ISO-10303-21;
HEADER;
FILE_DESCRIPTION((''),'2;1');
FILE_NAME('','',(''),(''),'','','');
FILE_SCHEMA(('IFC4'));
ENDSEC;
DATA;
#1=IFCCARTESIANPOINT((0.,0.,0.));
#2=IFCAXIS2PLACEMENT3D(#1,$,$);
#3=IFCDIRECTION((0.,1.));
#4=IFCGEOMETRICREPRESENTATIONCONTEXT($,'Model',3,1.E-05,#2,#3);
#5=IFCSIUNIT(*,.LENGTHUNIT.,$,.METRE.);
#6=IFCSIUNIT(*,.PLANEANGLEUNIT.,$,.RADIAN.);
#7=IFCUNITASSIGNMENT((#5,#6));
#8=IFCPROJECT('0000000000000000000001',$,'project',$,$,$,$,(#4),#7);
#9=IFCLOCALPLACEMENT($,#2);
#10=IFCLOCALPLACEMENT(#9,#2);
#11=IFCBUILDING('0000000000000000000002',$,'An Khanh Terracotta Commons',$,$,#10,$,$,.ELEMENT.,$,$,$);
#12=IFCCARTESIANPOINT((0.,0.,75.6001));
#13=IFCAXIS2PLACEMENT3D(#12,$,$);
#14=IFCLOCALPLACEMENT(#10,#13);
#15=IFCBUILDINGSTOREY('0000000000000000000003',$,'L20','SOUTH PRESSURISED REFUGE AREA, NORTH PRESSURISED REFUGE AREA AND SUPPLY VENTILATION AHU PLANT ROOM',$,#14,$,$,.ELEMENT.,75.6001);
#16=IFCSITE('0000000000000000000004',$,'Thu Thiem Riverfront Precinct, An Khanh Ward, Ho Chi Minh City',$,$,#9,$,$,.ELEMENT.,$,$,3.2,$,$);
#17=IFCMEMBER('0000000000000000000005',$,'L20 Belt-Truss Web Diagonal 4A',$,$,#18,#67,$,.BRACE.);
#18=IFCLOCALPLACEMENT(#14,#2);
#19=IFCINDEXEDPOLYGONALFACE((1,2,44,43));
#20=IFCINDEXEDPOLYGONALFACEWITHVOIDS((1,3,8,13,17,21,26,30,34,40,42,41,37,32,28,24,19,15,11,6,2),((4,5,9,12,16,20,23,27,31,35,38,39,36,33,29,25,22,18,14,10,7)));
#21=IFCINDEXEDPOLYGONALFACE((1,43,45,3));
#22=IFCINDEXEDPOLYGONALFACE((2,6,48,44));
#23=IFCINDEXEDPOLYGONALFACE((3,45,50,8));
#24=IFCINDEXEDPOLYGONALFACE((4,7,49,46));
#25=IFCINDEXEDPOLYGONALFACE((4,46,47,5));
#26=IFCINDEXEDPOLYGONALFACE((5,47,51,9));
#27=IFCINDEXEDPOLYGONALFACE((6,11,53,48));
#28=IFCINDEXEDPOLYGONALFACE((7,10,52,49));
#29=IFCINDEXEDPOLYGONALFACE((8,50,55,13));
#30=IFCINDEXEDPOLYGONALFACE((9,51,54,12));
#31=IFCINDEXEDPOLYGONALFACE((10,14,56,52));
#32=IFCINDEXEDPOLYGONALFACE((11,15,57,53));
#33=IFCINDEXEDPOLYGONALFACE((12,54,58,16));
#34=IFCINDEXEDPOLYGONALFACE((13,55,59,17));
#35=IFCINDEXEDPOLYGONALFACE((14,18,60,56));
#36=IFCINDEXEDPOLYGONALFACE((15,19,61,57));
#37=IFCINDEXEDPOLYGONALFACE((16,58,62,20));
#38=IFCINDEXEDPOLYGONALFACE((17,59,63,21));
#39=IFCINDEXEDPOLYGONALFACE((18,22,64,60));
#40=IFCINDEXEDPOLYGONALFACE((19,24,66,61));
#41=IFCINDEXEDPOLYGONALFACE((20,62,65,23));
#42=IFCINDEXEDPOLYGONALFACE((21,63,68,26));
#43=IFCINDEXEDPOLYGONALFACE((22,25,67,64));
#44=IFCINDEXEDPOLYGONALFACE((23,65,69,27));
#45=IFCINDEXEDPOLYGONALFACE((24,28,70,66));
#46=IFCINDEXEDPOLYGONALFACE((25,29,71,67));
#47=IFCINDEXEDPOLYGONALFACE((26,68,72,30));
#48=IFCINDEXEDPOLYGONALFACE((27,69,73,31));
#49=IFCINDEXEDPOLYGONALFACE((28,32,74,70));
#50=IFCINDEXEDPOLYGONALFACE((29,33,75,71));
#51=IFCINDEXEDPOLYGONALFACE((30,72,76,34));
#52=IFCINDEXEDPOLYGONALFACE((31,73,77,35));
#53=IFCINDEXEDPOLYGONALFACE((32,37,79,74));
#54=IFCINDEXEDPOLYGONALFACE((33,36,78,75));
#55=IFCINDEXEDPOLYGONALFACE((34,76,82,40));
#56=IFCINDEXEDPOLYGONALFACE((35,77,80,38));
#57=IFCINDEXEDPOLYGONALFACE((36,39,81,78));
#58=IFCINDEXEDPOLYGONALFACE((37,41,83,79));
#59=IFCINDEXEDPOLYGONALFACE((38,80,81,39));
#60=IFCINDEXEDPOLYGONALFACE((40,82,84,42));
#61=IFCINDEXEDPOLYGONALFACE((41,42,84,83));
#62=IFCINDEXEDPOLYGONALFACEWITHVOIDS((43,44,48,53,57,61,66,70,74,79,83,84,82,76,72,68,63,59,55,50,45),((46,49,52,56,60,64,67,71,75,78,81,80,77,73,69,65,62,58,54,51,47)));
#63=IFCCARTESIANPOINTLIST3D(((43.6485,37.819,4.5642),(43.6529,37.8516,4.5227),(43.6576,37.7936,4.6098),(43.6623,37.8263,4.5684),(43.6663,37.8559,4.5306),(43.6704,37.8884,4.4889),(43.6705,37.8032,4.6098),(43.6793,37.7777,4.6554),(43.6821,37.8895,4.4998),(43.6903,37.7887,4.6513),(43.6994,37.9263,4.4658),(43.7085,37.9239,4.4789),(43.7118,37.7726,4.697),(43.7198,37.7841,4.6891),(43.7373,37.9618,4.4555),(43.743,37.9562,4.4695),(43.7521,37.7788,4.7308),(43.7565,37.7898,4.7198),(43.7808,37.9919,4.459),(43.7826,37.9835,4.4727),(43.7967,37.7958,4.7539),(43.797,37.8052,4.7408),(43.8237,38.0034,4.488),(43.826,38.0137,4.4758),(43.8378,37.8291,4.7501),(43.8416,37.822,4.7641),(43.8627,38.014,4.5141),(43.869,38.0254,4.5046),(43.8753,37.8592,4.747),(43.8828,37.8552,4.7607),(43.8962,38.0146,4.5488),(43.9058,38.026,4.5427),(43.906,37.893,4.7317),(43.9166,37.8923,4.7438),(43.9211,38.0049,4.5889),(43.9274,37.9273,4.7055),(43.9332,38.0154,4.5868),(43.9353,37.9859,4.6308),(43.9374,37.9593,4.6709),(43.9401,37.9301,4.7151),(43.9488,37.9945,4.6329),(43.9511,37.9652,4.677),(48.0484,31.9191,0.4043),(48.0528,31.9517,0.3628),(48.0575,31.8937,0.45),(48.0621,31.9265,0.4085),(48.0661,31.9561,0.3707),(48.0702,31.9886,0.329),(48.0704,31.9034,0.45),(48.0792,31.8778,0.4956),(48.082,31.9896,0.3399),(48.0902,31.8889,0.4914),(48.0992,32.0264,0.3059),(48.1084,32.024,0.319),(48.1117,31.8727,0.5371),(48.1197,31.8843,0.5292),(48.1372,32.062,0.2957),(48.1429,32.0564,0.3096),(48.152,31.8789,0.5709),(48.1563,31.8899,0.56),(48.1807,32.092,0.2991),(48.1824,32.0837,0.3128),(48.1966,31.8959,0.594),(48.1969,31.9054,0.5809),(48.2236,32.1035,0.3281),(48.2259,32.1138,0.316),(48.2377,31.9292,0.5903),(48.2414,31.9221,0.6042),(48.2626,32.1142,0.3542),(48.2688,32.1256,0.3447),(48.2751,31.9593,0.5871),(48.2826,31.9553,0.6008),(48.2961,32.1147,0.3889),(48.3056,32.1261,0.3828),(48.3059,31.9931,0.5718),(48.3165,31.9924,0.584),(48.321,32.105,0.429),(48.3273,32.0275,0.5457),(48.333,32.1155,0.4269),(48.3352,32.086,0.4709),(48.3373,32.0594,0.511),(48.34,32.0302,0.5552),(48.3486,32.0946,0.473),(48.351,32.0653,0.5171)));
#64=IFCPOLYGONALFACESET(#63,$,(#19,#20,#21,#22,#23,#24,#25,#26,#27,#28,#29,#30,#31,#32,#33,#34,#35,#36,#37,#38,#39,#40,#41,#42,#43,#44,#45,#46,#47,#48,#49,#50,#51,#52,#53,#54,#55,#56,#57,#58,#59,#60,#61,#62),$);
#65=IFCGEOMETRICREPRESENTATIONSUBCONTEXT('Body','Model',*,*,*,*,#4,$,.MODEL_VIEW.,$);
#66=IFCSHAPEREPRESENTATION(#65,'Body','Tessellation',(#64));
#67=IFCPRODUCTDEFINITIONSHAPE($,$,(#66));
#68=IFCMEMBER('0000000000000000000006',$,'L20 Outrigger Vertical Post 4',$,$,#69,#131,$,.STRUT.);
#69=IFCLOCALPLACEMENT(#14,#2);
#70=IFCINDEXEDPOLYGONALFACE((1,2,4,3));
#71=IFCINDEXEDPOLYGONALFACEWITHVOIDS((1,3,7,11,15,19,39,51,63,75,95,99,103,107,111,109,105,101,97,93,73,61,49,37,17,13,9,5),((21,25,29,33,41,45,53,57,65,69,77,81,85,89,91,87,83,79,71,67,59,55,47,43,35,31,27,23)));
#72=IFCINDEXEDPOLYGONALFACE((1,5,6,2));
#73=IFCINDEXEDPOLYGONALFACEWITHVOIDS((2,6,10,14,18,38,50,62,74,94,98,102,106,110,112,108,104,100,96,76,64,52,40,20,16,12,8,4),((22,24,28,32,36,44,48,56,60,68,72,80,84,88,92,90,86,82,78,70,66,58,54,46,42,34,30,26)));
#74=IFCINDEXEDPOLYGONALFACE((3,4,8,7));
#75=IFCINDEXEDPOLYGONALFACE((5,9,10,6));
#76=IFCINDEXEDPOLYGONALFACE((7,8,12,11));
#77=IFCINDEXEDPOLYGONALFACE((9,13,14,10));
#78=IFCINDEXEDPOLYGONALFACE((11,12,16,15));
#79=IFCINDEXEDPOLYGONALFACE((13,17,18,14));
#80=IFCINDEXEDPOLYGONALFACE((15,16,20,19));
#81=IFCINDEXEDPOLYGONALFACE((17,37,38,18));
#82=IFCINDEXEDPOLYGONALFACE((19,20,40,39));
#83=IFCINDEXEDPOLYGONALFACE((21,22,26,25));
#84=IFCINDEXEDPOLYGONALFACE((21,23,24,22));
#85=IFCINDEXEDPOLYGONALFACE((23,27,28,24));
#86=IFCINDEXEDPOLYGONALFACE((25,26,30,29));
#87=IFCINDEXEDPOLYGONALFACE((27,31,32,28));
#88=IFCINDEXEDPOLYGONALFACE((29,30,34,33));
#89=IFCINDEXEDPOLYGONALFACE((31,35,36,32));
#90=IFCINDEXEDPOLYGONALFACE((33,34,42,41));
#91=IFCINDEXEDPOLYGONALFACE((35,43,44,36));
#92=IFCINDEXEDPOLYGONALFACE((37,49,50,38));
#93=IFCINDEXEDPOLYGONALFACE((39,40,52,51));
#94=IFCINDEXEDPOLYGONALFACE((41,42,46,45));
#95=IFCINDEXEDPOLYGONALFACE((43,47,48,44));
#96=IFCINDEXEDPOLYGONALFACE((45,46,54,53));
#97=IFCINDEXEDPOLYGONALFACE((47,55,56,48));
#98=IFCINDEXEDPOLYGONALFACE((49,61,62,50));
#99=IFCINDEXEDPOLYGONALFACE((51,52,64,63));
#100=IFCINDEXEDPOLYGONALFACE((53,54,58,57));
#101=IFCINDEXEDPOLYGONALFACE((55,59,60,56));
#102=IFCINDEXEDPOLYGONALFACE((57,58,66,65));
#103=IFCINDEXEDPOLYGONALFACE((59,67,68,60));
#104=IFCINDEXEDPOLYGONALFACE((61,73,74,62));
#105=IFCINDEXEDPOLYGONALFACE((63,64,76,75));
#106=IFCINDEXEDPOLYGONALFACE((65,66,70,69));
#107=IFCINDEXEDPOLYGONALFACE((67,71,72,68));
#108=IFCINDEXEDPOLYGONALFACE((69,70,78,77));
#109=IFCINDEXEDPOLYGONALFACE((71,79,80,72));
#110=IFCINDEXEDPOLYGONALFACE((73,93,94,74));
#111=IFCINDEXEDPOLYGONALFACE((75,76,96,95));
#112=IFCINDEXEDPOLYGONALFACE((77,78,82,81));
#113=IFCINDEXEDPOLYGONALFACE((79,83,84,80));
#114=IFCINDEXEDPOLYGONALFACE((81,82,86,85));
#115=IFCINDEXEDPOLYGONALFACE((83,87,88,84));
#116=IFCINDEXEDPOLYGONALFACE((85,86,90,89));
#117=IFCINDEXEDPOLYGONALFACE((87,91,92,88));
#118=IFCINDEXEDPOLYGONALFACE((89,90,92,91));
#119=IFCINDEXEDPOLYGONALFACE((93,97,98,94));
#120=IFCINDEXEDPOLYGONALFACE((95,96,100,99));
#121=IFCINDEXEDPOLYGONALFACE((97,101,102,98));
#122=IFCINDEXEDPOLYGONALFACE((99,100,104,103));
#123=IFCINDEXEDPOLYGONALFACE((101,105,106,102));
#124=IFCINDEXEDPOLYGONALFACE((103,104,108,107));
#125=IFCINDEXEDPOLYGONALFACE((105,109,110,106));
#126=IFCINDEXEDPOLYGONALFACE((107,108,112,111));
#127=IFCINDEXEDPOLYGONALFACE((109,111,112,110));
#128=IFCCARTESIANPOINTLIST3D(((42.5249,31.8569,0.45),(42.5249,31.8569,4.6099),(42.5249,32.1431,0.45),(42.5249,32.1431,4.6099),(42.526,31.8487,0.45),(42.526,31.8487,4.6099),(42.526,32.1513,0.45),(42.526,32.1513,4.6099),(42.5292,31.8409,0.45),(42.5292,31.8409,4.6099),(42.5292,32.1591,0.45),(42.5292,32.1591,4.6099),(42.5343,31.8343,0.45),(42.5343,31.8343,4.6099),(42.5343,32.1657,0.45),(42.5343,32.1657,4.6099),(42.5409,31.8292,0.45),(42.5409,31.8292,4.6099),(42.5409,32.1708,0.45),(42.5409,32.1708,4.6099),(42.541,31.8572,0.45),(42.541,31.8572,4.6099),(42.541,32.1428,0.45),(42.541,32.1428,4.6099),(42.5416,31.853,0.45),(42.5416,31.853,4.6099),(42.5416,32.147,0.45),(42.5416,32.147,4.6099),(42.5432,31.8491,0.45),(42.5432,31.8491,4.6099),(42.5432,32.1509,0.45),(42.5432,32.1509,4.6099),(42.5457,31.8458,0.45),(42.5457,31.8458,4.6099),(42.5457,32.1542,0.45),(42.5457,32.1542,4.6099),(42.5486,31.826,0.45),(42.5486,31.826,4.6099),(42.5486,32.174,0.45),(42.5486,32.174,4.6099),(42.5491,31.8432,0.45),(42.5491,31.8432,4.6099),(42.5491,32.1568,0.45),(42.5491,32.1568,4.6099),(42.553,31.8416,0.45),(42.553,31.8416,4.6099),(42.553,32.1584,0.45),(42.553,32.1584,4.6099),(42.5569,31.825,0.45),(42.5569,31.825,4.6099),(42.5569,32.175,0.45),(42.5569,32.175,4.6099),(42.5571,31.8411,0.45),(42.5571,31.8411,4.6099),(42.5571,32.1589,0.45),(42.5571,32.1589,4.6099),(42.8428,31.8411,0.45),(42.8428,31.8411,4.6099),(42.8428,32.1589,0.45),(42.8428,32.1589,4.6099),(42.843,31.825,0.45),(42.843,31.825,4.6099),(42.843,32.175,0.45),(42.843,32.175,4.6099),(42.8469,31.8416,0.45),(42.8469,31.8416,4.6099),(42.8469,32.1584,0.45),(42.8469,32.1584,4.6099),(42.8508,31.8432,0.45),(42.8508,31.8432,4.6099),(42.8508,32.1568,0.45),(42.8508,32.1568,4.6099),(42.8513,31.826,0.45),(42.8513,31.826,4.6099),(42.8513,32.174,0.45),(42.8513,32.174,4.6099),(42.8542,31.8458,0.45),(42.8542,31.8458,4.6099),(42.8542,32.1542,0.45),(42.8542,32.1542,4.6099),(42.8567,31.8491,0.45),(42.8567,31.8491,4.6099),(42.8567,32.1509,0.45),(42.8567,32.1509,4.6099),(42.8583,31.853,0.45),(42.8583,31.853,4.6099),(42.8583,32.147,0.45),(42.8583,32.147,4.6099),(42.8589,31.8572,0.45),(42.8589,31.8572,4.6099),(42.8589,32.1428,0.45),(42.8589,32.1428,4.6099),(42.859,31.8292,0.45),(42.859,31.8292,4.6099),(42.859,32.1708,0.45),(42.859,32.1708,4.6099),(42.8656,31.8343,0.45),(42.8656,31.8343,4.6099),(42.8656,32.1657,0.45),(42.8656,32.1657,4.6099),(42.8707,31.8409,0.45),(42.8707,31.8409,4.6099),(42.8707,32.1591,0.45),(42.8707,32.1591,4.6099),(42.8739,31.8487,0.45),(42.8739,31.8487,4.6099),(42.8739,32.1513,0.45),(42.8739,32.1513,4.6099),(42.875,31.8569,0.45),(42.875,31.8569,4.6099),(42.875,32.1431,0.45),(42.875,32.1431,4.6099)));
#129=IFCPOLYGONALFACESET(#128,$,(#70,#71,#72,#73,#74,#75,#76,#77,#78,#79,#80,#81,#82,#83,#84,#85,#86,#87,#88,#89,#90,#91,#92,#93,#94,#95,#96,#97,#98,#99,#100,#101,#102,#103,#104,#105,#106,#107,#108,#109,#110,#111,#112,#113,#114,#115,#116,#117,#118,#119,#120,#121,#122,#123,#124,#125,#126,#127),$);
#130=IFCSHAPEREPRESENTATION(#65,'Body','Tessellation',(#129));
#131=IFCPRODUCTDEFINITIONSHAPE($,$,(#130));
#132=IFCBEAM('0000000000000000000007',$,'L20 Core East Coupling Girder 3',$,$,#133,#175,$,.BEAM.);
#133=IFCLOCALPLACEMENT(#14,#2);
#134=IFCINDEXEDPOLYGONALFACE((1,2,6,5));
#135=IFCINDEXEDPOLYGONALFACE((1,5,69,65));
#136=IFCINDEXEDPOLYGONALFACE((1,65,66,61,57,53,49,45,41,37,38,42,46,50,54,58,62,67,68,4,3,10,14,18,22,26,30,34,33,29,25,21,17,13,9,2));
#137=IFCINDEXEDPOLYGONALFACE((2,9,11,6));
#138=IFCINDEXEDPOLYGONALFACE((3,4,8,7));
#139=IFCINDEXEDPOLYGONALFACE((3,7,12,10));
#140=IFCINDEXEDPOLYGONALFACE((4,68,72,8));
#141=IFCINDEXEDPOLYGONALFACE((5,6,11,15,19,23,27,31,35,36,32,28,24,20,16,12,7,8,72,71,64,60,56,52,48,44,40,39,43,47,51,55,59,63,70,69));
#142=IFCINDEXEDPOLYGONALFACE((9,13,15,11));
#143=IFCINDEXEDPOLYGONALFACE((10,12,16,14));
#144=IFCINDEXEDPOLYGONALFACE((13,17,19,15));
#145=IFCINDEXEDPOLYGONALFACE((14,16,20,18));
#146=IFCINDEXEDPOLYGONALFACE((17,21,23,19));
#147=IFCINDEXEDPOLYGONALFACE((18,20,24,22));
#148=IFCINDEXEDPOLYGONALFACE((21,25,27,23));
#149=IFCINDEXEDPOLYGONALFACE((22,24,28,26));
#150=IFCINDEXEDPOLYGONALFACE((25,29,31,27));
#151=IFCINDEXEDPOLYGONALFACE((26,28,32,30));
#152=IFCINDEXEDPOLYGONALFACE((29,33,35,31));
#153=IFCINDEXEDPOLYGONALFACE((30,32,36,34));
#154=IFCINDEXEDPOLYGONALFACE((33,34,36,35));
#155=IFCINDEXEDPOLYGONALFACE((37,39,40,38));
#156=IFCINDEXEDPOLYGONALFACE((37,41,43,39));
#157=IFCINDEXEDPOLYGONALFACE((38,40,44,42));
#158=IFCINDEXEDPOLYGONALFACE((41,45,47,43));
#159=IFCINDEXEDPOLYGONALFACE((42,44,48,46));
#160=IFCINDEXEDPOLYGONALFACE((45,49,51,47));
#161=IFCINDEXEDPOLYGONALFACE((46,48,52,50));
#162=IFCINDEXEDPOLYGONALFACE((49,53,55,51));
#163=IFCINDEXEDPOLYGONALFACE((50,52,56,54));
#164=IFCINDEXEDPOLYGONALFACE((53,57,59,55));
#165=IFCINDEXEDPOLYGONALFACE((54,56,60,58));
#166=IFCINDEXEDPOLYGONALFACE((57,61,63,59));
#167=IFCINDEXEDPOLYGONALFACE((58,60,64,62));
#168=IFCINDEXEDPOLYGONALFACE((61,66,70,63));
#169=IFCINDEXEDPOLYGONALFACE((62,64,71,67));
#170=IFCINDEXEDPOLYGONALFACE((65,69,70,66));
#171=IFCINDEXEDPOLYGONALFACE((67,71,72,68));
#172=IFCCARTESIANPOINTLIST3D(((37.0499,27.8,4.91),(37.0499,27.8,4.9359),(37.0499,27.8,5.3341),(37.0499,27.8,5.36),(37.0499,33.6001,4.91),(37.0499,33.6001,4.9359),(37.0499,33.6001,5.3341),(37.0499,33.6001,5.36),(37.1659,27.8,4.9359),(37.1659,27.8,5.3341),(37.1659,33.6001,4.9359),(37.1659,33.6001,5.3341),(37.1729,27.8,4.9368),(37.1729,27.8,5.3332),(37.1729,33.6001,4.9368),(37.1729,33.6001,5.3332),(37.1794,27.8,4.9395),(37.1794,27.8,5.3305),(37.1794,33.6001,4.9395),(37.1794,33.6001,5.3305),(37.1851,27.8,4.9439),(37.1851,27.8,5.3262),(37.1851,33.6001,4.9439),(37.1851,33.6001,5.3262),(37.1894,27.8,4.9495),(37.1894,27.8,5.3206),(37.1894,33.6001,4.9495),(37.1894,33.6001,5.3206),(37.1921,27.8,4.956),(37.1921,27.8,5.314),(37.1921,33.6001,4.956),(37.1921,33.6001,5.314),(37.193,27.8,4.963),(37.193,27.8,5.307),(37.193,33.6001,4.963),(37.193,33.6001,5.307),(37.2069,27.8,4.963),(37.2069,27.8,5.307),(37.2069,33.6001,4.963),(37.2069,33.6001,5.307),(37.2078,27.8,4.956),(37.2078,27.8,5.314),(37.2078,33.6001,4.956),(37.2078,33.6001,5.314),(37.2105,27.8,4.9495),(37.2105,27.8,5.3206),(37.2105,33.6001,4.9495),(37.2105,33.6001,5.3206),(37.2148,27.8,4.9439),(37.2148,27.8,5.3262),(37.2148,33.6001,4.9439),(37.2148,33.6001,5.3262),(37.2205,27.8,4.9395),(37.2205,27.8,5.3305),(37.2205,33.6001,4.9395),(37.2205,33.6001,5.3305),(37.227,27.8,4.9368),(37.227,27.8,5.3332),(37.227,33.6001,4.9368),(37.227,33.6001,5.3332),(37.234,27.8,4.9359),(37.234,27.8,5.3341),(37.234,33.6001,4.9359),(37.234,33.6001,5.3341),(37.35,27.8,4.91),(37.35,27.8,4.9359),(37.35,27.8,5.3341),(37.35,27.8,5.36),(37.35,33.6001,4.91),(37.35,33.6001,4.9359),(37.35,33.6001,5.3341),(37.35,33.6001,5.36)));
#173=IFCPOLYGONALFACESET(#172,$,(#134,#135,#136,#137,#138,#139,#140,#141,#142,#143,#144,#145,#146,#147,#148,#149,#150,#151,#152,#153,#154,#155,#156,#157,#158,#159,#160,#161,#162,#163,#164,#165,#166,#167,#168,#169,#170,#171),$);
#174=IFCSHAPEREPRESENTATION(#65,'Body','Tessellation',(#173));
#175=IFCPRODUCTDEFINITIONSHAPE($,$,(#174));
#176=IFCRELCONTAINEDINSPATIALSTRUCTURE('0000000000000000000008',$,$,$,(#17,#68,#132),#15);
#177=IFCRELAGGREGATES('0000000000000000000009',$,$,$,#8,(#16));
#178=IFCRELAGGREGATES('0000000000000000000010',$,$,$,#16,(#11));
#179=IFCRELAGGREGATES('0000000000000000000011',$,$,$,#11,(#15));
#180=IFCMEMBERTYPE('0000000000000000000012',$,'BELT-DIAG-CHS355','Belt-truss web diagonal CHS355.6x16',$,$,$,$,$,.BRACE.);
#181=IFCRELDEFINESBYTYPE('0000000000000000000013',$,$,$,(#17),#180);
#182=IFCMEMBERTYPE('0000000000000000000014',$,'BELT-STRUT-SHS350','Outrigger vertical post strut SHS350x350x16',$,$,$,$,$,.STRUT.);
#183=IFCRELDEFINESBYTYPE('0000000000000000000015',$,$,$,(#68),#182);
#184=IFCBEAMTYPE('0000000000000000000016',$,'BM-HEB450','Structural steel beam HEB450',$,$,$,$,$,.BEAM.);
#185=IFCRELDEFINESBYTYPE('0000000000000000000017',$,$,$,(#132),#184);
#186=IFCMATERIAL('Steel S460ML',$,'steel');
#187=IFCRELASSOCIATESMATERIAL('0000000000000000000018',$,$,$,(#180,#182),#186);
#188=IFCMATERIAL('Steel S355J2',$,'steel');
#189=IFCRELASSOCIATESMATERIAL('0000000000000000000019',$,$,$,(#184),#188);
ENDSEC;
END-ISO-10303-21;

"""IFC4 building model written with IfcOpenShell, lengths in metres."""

from ifc_helpers import new_model, si_unit, direction, frame, origin, origin_2d, place, context, subcontext, project, spatial, hollow_rectangle, hollow_circle, i_section, extrude, material, material_profile, profile_set, type_object, element, save


model = new_model("IFC4")

# Units and contexts
model_context = context("Model", 3, precision=1e-05, world=origin(), true_north=direction((0.0, 1.0)))
body_context = subcontext(model_context, "Body", "Model", "MODEL_VIEW")
ifc_project = project(units=[si_unit("LENGTHUNIT", "METRE"), si_unit("PLANEANGLEUNIT", "RADIAN")], contexts=[model_context])

# Site, building, storey
site_placement = place(None, origin())
site = spatial("IfcSite", under=ifc_project, at=site_placement, Name="Thu Thiem Riverfront Precinct, An Khanh Ward, Ho Chi Minh City", CompositionType="ELEMENT", RefElevation=3.2)
building_placement = place(site_placement, origin())
building = spatial("IfcBuilding", under=site, at=building_placement, Name="An Khanh Terracotta Commons", CompositionType="ELEMENT")
storey_placement = place(building_placement, frame((0.0, 0.0, 75.6001)))
storey = spatial("IfcBuildingStorey", under=building, at=storey_placement, Name="L20", Description="SOUTH PRESSURISED REFUGE AREA, NORTH PRESSURISED REFUGE AREA AND SUPPLY VENTILATION AHU PLANT ROOM", CompositionType="ELEMENT", Elevation=75.6001)

# Shared definitions
ifc_material_1 = material(Name="Steel S460ML", Category="steel")

# Members
ifc_material_profile_1 = material_profile(ifc_material_1, hollow_circle(Radius=0.1777, WallThickness=0.0161, at=origin_2d()), Name="CHS355.6x16")
ifc_profile_set_1 = profile_set([ifc_material_profile_1], Name="Steel S460ML")
member_type_1 = type_object("IfcMemberType", Name="BELT-DIAG-CHS355", Description="Belt-truss web diagonal CHS355.6x16", PredefinedType="BRACE", material=ifc_profile_set_1)
member_1_placement = place(storey_placement, frame((48.2, 32.0, 0.45), z_axis=(-0.520442, 0.69787, 0.492055), x_axis=(-0.801629, -0.597822, 0.0)))
element("IfcMember", 1, at=member_1_placement, inside=storey, type_object=member_type_1, Name="L20 Belt-Truss Web Diagonal 4A", PredefinedType="BRACE", context=body_context, shape_type="SweptSolid", body=[
    extrude(hollow_circle(Radius=0.1777, WallThickness=0.0161, at=origin_2d()), origin(), (0.0, 0.0, 1.0), 8.4541),
])
ifc_material_profile_2 = material_profile(ifc_material_1, hollow_rectangle(XDim=0.3501, YDim=0.3501, WallThickness=0.0161, InnerFilletRadius=0.0161, OuterFilletRadius=0.032, at=origin_2d()), Name="SHS350x350x16")
ifc_profile_set_2 = profile_set([ifc_material_profile_2], Name="Steel S460ML")
member_type_2 = type_object("IfcMemberType", Name="BELT-STRUT-SHS350", Description="Outrigger vertical post strut SHS350x350x16", PredefinedType="STRUT", material=ifc_profile_set_2)
member_2_placement = place(storey_placement, frame((42.7, 32.0, 0.45), z_axis=(0.0, 0.0, 1.0), x_axis=(1.0, 0.0, 0.0)))
element("IfcMember", 2, at=member_2_placement, inside=storey, type_object=member_type_2, Name="L20 Outrigger Vertical Post 4", PredefinedType="STRUT", context=body_context, shape_type="SweptSolid", body=[
    extrude(hollow_rectangle(XDim=0.3501, YDim=0.3501, WallThickness=0.0161, InnerFilletRadius=0.0161, OuterFilletRadius=0.032, at=origin_2d()), origin(), (0.0, 0.0, 1.0), 4.1599),
])

# Beam
ifc_material_2 = material(Name="Steel S355J2", Category="steel")
ifc_material_profile_3 = material_profile(ifc_material_2, i_section(OverallWidth=0.3, OverallDepth=0.45, WebThickness=0.0139, FlangeThickness=0.0259, FilletRadius=0.0271, at=origin_2d()), Name="HEB450")
ifc_profile_set_3 = profile_set([ifc_material_profile_3], Name="Steel S355J2")
beam_type_1 = type_object("IfcBeamType", Name="BM-HEB450", Description="Structural steel beam HEB450", PredefinedType="BEAM", material=ifc_profile_set_3)
beam_1_placement = place(storey_placement, frame((37.2, 27.8, 5.135), z_axis=(0.0, 1.0, 0.0), x_axis=(-1.0, 0.0, 0.0)))
element("IfcBeam", 3, at=beam_1_placement, inside=storey, type_object=beam_type_1, Name="L20 Core East Coupling Girder 3", PredefinedType="BEAM", context=body_context, shape_type="SweptSolid", body=[
    extrude(i_section(OverallWidth=0.3, OverallDepth=0.45, WebThickness=0.0139, FlangeThickness=0.0259, FilletRadius=0.0271, at=origin_2d()), origin(), (0.0, 0.0, 1.0), 5.8),
])

save(model, "model.ifc")
